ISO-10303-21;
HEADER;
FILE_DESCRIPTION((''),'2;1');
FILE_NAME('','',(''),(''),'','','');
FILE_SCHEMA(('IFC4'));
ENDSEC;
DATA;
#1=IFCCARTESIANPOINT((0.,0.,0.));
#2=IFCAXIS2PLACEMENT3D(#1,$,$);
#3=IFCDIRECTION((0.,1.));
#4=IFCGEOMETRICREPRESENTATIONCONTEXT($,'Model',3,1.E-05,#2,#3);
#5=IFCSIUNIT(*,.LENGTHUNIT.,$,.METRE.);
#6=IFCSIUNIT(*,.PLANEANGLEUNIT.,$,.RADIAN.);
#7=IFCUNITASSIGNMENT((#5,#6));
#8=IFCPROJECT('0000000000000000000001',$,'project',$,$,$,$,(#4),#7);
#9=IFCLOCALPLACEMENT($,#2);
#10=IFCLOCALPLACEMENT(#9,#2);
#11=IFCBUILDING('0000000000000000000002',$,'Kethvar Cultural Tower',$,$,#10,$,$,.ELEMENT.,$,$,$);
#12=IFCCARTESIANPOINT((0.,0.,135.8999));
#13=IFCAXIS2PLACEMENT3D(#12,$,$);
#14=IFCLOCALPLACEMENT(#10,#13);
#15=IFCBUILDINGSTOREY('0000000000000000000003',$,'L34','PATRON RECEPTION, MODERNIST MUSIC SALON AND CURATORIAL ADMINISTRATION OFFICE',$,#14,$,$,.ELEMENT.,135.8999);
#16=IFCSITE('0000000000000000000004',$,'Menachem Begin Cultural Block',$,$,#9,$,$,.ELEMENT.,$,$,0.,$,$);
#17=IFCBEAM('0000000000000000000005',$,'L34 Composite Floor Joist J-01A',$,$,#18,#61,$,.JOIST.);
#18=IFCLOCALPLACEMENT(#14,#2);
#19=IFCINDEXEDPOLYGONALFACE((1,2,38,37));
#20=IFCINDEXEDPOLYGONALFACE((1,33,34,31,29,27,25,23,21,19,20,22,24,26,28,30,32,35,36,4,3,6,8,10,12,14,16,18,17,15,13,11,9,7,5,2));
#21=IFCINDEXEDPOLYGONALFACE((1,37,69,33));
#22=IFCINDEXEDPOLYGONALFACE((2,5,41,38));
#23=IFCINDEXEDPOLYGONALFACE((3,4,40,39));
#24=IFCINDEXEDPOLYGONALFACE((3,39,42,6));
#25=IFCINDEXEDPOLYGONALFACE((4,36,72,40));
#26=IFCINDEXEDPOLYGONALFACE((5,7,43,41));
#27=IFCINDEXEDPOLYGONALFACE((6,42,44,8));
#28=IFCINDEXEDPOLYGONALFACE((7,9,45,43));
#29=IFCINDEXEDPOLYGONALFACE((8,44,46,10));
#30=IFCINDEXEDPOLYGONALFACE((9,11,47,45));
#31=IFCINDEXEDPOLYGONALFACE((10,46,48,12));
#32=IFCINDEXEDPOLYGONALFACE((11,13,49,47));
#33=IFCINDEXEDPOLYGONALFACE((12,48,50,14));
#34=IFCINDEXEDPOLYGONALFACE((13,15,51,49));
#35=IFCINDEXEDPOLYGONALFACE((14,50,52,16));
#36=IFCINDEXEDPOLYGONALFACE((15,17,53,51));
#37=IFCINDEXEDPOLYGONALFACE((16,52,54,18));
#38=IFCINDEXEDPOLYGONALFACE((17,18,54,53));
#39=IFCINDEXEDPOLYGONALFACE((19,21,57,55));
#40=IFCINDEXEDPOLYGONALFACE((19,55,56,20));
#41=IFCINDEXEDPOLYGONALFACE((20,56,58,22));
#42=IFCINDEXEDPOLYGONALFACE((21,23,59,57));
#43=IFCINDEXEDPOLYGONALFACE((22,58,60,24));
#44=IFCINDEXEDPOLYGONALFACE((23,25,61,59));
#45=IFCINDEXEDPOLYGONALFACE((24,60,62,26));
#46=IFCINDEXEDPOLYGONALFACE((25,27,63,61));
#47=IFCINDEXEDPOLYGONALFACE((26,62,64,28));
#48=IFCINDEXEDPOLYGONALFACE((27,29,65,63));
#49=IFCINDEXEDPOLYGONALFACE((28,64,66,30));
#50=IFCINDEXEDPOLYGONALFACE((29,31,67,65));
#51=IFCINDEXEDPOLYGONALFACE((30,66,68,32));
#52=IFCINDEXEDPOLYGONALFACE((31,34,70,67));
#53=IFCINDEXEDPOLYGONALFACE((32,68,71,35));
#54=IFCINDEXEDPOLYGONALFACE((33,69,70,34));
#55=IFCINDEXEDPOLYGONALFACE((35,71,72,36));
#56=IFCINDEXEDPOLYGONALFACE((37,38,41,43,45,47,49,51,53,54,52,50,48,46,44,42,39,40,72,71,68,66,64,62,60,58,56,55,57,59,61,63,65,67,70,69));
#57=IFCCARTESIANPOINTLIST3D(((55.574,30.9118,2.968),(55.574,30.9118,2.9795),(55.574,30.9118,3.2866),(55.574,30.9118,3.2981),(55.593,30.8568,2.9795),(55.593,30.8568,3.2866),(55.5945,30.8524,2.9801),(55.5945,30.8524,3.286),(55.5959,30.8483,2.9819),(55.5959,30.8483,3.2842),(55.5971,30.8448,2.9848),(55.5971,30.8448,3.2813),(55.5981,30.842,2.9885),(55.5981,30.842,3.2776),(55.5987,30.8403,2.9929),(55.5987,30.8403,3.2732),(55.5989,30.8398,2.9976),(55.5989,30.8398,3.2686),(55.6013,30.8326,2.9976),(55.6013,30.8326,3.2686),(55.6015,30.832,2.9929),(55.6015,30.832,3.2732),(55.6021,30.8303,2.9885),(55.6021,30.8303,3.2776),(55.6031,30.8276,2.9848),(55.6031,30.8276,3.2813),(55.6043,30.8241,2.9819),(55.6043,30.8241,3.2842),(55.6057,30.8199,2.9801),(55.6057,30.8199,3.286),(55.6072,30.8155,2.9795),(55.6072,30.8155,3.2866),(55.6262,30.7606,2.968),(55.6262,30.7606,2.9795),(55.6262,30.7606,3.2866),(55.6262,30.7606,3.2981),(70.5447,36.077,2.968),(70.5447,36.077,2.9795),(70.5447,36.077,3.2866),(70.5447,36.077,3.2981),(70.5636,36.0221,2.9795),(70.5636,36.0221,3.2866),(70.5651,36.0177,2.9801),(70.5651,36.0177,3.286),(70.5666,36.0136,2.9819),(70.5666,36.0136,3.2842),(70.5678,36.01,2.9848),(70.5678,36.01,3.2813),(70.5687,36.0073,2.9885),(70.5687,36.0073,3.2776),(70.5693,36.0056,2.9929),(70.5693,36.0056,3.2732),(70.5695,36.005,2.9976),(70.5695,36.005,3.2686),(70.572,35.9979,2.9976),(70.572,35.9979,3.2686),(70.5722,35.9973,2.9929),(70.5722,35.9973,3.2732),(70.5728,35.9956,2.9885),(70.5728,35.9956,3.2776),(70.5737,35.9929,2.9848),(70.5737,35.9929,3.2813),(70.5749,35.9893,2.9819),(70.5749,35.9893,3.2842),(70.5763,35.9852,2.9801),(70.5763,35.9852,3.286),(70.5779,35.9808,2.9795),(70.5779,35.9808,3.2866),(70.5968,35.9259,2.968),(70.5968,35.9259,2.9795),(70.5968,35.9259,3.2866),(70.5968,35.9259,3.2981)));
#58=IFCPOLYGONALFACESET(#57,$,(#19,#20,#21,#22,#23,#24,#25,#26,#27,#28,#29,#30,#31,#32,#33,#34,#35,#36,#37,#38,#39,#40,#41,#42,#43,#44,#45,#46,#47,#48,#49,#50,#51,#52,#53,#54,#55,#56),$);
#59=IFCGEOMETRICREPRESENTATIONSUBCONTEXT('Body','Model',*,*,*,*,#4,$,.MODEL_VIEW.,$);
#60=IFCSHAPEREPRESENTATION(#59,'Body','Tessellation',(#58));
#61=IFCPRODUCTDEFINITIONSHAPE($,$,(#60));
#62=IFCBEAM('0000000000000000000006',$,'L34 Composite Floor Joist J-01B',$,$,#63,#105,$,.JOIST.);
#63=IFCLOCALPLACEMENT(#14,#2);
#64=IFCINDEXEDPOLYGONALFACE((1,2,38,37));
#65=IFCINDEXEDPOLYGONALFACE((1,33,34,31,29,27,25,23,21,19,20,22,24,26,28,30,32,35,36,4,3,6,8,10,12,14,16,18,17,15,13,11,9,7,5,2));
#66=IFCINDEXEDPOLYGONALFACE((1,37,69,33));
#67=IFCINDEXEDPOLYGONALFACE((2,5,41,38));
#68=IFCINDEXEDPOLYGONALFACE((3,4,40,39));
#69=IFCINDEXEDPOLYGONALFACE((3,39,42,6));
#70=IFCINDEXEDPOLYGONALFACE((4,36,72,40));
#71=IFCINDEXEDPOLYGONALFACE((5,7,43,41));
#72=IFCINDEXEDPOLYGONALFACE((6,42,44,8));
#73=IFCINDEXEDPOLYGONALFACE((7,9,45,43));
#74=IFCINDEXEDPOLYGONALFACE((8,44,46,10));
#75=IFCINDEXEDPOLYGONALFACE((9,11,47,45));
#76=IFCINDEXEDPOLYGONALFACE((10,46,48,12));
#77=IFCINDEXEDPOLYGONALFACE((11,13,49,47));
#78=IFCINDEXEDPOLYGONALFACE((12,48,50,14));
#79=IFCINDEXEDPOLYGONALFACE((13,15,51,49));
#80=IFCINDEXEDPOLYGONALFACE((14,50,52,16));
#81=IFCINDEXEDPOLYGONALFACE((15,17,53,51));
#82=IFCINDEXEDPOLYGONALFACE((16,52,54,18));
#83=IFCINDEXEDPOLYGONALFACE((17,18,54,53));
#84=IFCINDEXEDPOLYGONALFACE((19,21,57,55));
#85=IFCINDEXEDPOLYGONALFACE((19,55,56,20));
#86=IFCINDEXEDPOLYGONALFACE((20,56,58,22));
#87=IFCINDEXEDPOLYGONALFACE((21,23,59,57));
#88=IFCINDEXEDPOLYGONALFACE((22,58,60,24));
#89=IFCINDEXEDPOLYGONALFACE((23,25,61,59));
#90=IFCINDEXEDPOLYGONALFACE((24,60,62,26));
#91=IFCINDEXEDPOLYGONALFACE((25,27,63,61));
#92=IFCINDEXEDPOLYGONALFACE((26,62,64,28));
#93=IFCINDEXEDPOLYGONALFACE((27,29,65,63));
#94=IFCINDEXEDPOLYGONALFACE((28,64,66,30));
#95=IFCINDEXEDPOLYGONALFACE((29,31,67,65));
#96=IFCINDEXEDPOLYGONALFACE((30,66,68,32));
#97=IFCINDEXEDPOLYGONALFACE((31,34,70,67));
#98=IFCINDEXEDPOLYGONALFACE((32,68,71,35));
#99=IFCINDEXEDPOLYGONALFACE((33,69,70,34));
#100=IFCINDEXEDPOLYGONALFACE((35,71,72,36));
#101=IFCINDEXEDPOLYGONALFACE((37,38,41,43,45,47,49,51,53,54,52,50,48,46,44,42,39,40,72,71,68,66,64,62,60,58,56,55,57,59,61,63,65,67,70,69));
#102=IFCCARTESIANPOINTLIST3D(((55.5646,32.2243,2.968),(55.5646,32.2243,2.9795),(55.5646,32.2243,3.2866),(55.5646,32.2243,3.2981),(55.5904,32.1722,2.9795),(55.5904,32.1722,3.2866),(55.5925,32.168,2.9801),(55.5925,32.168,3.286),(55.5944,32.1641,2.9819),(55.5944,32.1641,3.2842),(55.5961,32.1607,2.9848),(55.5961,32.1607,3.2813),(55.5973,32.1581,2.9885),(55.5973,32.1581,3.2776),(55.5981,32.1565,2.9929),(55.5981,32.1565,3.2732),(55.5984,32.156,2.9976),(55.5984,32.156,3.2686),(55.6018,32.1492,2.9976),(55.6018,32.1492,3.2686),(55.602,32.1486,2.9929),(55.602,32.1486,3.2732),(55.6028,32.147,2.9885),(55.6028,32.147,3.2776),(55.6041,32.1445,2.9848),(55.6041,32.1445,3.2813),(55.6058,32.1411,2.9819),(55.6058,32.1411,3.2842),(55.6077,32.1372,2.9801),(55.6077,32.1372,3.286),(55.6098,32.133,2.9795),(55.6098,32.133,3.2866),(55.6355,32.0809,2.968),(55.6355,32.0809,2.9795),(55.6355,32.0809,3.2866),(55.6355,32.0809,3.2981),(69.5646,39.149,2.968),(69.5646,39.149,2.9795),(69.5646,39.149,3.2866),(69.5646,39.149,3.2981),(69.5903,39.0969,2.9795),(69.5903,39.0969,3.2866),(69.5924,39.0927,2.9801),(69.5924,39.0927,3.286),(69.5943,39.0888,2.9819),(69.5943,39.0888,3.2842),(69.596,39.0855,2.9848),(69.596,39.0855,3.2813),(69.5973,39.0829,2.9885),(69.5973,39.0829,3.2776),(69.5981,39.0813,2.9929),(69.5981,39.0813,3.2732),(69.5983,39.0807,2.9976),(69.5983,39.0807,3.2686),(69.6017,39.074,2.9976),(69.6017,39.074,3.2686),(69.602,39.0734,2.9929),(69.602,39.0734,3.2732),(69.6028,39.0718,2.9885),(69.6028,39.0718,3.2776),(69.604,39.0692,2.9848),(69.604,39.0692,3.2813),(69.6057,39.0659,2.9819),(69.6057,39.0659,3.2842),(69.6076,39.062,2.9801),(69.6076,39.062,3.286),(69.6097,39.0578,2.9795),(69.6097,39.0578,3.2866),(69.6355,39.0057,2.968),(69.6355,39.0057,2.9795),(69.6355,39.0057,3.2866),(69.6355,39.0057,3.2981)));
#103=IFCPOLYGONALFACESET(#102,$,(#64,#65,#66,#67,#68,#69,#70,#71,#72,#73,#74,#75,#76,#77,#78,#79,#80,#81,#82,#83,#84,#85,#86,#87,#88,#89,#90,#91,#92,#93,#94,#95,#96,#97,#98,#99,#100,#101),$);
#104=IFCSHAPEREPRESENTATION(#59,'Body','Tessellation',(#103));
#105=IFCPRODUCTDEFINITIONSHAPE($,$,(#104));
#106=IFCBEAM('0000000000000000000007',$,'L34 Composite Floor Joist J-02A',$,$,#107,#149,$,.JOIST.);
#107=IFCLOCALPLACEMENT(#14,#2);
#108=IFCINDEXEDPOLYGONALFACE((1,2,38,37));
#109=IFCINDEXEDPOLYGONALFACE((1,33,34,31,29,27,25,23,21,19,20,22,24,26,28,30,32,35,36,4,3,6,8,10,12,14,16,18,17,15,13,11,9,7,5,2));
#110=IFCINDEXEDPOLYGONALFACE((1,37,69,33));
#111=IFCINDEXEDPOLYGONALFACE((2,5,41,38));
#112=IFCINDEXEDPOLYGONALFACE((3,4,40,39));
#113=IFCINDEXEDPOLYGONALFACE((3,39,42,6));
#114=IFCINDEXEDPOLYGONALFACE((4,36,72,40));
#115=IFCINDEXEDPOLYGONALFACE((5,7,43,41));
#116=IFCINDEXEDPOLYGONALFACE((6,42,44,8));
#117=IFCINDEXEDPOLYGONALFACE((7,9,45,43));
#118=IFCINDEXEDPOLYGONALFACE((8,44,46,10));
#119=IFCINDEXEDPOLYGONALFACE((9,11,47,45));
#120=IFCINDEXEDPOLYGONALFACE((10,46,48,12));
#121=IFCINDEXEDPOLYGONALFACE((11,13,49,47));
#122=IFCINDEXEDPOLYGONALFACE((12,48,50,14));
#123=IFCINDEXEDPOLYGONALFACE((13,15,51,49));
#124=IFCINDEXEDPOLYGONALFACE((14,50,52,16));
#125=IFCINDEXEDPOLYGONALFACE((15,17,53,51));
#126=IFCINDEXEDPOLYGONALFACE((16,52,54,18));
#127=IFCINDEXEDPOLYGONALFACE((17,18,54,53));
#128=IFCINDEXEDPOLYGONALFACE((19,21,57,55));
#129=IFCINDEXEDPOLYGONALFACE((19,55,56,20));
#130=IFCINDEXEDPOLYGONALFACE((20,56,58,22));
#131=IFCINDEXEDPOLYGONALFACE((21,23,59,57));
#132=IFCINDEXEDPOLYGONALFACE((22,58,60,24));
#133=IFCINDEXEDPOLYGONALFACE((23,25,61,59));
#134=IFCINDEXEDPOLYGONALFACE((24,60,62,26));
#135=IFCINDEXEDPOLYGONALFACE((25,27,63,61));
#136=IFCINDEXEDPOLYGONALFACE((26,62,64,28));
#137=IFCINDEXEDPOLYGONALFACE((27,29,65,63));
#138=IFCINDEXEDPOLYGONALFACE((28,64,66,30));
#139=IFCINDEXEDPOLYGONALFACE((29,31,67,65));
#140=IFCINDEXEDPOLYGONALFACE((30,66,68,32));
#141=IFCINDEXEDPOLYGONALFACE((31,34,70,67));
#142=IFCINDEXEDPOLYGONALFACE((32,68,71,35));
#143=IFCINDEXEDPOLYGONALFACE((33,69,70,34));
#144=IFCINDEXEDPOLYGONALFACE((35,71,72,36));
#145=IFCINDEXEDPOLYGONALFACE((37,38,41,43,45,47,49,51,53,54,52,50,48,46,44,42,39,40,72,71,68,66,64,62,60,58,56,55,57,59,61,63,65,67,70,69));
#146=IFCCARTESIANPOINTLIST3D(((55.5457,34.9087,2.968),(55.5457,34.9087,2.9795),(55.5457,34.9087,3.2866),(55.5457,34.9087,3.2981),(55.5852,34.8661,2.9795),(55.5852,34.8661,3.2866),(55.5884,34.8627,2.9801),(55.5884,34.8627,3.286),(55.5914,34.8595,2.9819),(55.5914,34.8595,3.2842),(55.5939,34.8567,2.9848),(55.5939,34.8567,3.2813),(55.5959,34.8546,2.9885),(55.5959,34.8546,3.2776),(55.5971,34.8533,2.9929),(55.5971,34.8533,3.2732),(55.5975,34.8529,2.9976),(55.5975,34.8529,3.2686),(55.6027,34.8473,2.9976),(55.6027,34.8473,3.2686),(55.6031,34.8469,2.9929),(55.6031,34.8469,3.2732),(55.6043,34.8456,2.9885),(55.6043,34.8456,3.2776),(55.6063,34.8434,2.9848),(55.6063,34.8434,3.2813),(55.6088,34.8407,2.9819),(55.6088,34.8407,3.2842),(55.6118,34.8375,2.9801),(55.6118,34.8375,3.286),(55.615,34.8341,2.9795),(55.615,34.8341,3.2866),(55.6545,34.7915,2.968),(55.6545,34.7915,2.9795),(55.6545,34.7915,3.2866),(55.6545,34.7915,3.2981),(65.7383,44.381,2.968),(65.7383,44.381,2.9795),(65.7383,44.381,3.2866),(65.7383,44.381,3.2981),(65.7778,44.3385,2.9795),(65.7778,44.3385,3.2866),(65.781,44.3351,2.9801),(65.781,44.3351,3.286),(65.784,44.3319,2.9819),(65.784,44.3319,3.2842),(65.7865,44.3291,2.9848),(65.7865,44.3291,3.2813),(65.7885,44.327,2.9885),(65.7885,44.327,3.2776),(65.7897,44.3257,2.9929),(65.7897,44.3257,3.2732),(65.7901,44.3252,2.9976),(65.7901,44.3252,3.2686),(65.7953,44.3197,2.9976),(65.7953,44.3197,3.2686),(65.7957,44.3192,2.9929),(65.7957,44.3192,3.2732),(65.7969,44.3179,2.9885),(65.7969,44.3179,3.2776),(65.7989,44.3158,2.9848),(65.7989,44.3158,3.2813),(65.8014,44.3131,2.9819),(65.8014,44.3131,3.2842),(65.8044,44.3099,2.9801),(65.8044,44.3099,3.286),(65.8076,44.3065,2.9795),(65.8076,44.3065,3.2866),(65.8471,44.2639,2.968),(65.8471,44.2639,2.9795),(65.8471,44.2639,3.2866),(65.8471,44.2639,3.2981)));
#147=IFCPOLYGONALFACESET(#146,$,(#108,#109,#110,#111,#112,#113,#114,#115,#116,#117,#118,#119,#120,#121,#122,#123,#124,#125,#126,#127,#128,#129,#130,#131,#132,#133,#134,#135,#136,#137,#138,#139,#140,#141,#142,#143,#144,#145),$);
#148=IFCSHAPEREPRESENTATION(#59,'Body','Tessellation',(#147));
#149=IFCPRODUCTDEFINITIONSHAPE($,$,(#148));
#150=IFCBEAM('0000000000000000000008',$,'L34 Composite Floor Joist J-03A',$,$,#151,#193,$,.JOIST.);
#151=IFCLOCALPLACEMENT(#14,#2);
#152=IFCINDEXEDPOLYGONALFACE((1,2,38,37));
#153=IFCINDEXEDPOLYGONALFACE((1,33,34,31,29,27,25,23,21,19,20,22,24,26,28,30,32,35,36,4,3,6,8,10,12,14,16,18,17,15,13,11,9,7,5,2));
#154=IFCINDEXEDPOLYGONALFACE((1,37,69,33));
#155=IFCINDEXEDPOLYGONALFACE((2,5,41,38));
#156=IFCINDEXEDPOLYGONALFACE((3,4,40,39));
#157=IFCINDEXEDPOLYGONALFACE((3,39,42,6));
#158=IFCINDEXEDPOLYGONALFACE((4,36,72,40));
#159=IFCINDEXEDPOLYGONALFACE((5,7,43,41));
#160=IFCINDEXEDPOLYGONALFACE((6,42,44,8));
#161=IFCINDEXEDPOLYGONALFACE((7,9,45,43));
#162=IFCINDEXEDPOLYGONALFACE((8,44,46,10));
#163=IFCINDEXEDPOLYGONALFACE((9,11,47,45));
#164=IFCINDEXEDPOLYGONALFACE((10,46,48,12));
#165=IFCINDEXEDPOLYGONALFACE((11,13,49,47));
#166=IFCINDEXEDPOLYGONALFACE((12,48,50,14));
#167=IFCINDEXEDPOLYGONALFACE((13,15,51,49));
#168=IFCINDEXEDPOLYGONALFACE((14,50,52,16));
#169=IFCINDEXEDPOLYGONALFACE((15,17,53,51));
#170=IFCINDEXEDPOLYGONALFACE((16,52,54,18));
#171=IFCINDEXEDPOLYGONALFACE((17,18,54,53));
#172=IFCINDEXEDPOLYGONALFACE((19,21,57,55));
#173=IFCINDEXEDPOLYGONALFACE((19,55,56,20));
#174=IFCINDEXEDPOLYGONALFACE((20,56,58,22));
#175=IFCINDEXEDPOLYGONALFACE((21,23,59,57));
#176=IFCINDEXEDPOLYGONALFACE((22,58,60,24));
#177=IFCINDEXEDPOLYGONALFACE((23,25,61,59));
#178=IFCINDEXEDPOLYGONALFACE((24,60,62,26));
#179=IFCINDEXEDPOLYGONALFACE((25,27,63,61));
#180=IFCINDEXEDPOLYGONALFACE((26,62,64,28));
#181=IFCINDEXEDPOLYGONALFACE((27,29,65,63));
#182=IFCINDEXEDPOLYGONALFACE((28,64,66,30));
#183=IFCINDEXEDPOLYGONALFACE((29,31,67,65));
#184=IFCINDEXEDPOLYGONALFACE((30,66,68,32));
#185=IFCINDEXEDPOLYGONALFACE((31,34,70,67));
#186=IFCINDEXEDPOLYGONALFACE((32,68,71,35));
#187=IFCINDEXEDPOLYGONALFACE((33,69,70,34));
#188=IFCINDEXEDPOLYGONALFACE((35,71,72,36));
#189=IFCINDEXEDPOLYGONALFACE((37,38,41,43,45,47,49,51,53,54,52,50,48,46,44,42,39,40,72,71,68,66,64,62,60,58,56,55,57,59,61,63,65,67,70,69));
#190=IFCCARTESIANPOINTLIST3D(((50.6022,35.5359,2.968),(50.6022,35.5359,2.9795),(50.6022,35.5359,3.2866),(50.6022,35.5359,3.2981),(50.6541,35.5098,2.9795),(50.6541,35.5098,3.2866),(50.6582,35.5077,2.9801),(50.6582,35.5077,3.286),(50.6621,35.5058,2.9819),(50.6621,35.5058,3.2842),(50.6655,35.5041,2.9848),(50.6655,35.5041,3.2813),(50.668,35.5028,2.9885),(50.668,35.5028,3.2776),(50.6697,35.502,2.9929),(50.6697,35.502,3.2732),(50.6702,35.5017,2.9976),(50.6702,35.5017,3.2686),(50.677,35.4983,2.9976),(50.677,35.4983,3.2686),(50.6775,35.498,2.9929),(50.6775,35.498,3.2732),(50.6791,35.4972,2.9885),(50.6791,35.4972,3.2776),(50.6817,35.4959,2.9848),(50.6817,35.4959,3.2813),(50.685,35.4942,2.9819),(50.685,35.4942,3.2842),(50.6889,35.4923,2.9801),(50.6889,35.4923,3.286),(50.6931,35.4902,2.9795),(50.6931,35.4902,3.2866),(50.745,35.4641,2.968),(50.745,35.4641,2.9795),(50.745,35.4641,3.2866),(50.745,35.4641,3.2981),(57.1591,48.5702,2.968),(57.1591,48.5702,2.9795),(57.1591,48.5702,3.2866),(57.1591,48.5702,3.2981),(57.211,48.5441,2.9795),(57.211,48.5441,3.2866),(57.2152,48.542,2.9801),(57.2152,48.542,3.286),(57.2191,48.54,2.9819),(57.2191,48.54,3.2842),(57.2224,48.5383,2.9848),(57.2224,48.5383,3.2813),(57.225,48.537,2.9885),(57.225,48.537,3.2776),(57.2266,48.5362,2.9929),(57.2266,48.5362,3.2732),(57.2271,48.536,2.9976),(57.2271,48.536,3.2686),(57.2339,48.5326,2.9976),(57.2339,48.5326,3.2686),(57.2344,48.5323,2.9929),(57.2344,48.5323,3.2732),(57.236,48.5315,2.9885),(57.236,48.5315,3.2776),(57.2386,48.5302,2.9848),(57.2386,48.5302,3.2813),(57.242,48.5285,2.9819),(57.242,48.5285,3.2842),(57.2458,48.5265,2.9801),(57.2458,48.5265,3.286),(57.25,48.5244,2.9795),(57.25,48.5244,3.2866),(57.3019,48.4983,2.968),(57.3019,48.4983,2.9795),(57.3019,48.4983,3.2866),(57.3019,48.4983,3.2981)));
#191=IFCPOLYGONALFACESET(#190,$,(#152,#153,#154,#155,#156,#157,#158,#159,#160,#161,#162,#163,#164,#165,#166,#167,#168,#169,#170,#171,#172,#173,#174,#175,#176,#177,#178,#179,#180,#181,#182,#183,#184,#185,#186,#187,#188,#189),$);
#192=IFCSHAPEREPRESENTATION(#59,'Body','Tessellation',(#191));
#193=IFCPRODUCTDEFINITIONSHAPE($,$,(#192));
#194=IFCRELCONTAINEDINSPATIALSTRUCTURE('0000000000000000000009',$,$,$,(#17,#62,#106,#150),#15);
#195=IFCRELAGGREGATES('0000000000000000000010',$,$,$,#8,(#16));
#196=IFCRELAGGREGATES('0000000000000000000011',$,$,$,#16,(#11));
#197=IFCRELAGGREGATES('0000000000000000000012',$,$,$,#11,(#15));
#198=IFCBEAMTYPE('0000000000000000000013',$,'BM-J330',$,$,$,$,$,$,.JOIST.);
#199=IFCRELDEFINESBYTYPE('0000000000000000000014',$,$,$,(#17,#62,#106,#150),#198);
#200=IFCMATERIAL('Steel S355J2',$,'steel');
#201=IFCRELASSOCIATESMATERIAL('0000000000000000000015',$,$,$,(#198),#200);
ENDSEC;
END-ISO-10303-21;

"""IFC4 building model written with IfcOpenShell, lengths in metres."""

from ifc_helpers import new_model, si_unit, direction, frame, origin, origin_2d, place, context, subcontext, project, spatial, i_section, extrude, source, transform, mapped, material, material_profile, profile_set, type_object, element, save


model = new_model("IFC4")

# Units and contexts
model_context = context("Model", 3, precision=1e-05, world=origin(), true_north=direction((0.0, 1.0)))
body_context = subcontext(model_context, "Body", "Model", "MODEL_VIEW")
ifc_project = project(units=[si_unit("LENGTHUNIT", "METRE"), si_unit("PLANEANGLEUNIT", "RADIAN")], contexts=[model_context])

# Site, building, storey
site_placement = place(None, origin())
site = spatial("IfcSite", under=ifc_project, at=site_placement, Name="Menachem Begin Cultural Block", CompositionType="ELEMENT", RefElevation=0.0)
building_placement = place(site_placement, origin())
building = spatial("IfcBuilding", under=site, at=building_placement, Name="Kethvar Cultural Tower", CompositionType="ELEMENT")
storey_placement = place(building_placement, frame((0.0, 0.0, 135.8999)))
storey = spatial("IfcBuildingStorey", under=building, at=storey_placement, Name="L34", Description="PATRON RECEPTION, MODERNIST MUSIC SALON AND CURATORIAL ADMINISTRATION OFFICE", CompositionType="ELEMENT", Elevation=135.8999)

# Beams
ifc_material_1 = material(Name="Steel S355J2", Category="steel")
ifc_material_profile_1 = material_profile(ifc_material_1, i_section(OverallWidth=0.1599, OverallDepth=0.3301, WebThickness=0.0076, FlangeThickness=0.0115, FilletRadius=0.0181, at=origin_2d()), Name="Steel S355J2 — IPE330")
ifc_profile_set_1 = profile_set([ifc_material_profile_1], Name="Steel S355J2 — IPE330")
beam_type_1 = type_object("IfcBeamType", Name="BM-J330", PredefinedType="JOIST", material=ifc_profile_set_1)
shared_shape_1 = source(origin(), body_context, "Body", "SweptSolid", [
    extrude(i_section(OverallWidth=0.1599, OverallDepth=0.3301, WebThickness=0.0076, FlangeThickness=0.0115, FilletRadius=0.0181, at=origin_2d()), origin(), (0.0, 0.0, 1.0), 15.8367),
])
beam_1_placement = place(storey_placement, frame((55.6001, 30.8362, 3.1331), z_axis=(0.945315, 0.326158, 0.0), x_axis=(-0.326158, 0.945315, 0.0)))
element("IfcBeam", 1, at=beam_1_placement, inside=storey, type_object=beam_type_1, Name="L34 Composite Floor Joist J-01A", PredefinedType="JOIST", context=body_context, shape_type="MappedRepresentation", body=[
    mapped(shared_shape_1, transform((0.0, 0.0, 0.0), scale=1.0)),
])
shared_shape_2 = source(origin(), body_context, "Body", "SweptSolid", [
    extrude(i_section(OverallWidth=0.1599, OverallDepth=0.3301, WebThickness=0.0076, FlangeThickness=0.0115, FilletRadius=0.0181, at=origin_2d()), origin(), (0.0, 0.0, 1.0), 15.6189),
])
beam_2_placement = place(storey_placement, frame((55.6001, 32.1526, 3.1331), z_axis=(0.896345, 0.443358, 0.0), x_axis=(-0.443358, 0.896345, 0.0)))
element("IfcBeam", 2, at=beam_2_placement, inside=storey, type_object=beam_type_1, Name="L34 Composite Floor Joist J-01B", PredefinedType="JOIST", context=body_context, shape_type="MappedRepresentation", body=[
    mapped(shared_shape_2, transform((0.0, 0.0, 0.0), scale=1.0)),
])
shared_shape_3 = source(origin(), body_context, "Body", "SweptSolid", [
    extrude(i_section(OverallWidth=0.1599, OverallDepth=0.3301, WebThickness=0.0076, FlangeThickness=0.0115, FilletRadius=0.0181, at=origin_2d()), origin(), (0.0, 0.0, 1.0), 13.9146),
])
beam_3_placement = place(storey_placement, frame((55.6001, 34.8501, 3.1331), z_axis=(0.732513, 0.680753, 0.0), x_axis=(-0.680753, 0.732513, 0.0)))
element("IfcBeam", 3, at=beam_3_placement, inside=storey, type_object=beam_type_1, Name="L34 Composite Floor Joist J-02A", PredefinedType="JOIST", context=body_context, shape_type="MappedRepresentation", body=[
    mapped(shared_shape_3, transform((0.0, 0.0, 0.0), scale=1.0)),
])
shared_shape_4 = source(origin(), body_context, "Body", "SweptSolid", [
    extrude(i_section(OverallWidth=0.1599, OverallDepth=0.3301, WebThickness=0.0076, FlangeThickness=0.0115, FilletRadius=0.0181, at=origin_2d()), origin(), (0.0, 0.0, 1.0), 14.5906),
])
beam_4_placement = place(storey_placement, frame((50.6736, 35.5, 3.1331), z_axis=(0.449394, 0.893334, 0.0), x_axis=(-0.893334, 0.449394, 0.0)))
element("IfcBeam", 4, at=beam_4_placement, inside=storey, type_object=beam_type_1, Name="L34 Composite Floor Joist J-03A", PredefinedType="JOIST", context=body_context, shape_type="MappedRepresentation", body=[
    mapped(shared_shape_4, transform((0.0, 0.0, 0.0), scale=1.0)),
])

save(model, "model.ifc")
